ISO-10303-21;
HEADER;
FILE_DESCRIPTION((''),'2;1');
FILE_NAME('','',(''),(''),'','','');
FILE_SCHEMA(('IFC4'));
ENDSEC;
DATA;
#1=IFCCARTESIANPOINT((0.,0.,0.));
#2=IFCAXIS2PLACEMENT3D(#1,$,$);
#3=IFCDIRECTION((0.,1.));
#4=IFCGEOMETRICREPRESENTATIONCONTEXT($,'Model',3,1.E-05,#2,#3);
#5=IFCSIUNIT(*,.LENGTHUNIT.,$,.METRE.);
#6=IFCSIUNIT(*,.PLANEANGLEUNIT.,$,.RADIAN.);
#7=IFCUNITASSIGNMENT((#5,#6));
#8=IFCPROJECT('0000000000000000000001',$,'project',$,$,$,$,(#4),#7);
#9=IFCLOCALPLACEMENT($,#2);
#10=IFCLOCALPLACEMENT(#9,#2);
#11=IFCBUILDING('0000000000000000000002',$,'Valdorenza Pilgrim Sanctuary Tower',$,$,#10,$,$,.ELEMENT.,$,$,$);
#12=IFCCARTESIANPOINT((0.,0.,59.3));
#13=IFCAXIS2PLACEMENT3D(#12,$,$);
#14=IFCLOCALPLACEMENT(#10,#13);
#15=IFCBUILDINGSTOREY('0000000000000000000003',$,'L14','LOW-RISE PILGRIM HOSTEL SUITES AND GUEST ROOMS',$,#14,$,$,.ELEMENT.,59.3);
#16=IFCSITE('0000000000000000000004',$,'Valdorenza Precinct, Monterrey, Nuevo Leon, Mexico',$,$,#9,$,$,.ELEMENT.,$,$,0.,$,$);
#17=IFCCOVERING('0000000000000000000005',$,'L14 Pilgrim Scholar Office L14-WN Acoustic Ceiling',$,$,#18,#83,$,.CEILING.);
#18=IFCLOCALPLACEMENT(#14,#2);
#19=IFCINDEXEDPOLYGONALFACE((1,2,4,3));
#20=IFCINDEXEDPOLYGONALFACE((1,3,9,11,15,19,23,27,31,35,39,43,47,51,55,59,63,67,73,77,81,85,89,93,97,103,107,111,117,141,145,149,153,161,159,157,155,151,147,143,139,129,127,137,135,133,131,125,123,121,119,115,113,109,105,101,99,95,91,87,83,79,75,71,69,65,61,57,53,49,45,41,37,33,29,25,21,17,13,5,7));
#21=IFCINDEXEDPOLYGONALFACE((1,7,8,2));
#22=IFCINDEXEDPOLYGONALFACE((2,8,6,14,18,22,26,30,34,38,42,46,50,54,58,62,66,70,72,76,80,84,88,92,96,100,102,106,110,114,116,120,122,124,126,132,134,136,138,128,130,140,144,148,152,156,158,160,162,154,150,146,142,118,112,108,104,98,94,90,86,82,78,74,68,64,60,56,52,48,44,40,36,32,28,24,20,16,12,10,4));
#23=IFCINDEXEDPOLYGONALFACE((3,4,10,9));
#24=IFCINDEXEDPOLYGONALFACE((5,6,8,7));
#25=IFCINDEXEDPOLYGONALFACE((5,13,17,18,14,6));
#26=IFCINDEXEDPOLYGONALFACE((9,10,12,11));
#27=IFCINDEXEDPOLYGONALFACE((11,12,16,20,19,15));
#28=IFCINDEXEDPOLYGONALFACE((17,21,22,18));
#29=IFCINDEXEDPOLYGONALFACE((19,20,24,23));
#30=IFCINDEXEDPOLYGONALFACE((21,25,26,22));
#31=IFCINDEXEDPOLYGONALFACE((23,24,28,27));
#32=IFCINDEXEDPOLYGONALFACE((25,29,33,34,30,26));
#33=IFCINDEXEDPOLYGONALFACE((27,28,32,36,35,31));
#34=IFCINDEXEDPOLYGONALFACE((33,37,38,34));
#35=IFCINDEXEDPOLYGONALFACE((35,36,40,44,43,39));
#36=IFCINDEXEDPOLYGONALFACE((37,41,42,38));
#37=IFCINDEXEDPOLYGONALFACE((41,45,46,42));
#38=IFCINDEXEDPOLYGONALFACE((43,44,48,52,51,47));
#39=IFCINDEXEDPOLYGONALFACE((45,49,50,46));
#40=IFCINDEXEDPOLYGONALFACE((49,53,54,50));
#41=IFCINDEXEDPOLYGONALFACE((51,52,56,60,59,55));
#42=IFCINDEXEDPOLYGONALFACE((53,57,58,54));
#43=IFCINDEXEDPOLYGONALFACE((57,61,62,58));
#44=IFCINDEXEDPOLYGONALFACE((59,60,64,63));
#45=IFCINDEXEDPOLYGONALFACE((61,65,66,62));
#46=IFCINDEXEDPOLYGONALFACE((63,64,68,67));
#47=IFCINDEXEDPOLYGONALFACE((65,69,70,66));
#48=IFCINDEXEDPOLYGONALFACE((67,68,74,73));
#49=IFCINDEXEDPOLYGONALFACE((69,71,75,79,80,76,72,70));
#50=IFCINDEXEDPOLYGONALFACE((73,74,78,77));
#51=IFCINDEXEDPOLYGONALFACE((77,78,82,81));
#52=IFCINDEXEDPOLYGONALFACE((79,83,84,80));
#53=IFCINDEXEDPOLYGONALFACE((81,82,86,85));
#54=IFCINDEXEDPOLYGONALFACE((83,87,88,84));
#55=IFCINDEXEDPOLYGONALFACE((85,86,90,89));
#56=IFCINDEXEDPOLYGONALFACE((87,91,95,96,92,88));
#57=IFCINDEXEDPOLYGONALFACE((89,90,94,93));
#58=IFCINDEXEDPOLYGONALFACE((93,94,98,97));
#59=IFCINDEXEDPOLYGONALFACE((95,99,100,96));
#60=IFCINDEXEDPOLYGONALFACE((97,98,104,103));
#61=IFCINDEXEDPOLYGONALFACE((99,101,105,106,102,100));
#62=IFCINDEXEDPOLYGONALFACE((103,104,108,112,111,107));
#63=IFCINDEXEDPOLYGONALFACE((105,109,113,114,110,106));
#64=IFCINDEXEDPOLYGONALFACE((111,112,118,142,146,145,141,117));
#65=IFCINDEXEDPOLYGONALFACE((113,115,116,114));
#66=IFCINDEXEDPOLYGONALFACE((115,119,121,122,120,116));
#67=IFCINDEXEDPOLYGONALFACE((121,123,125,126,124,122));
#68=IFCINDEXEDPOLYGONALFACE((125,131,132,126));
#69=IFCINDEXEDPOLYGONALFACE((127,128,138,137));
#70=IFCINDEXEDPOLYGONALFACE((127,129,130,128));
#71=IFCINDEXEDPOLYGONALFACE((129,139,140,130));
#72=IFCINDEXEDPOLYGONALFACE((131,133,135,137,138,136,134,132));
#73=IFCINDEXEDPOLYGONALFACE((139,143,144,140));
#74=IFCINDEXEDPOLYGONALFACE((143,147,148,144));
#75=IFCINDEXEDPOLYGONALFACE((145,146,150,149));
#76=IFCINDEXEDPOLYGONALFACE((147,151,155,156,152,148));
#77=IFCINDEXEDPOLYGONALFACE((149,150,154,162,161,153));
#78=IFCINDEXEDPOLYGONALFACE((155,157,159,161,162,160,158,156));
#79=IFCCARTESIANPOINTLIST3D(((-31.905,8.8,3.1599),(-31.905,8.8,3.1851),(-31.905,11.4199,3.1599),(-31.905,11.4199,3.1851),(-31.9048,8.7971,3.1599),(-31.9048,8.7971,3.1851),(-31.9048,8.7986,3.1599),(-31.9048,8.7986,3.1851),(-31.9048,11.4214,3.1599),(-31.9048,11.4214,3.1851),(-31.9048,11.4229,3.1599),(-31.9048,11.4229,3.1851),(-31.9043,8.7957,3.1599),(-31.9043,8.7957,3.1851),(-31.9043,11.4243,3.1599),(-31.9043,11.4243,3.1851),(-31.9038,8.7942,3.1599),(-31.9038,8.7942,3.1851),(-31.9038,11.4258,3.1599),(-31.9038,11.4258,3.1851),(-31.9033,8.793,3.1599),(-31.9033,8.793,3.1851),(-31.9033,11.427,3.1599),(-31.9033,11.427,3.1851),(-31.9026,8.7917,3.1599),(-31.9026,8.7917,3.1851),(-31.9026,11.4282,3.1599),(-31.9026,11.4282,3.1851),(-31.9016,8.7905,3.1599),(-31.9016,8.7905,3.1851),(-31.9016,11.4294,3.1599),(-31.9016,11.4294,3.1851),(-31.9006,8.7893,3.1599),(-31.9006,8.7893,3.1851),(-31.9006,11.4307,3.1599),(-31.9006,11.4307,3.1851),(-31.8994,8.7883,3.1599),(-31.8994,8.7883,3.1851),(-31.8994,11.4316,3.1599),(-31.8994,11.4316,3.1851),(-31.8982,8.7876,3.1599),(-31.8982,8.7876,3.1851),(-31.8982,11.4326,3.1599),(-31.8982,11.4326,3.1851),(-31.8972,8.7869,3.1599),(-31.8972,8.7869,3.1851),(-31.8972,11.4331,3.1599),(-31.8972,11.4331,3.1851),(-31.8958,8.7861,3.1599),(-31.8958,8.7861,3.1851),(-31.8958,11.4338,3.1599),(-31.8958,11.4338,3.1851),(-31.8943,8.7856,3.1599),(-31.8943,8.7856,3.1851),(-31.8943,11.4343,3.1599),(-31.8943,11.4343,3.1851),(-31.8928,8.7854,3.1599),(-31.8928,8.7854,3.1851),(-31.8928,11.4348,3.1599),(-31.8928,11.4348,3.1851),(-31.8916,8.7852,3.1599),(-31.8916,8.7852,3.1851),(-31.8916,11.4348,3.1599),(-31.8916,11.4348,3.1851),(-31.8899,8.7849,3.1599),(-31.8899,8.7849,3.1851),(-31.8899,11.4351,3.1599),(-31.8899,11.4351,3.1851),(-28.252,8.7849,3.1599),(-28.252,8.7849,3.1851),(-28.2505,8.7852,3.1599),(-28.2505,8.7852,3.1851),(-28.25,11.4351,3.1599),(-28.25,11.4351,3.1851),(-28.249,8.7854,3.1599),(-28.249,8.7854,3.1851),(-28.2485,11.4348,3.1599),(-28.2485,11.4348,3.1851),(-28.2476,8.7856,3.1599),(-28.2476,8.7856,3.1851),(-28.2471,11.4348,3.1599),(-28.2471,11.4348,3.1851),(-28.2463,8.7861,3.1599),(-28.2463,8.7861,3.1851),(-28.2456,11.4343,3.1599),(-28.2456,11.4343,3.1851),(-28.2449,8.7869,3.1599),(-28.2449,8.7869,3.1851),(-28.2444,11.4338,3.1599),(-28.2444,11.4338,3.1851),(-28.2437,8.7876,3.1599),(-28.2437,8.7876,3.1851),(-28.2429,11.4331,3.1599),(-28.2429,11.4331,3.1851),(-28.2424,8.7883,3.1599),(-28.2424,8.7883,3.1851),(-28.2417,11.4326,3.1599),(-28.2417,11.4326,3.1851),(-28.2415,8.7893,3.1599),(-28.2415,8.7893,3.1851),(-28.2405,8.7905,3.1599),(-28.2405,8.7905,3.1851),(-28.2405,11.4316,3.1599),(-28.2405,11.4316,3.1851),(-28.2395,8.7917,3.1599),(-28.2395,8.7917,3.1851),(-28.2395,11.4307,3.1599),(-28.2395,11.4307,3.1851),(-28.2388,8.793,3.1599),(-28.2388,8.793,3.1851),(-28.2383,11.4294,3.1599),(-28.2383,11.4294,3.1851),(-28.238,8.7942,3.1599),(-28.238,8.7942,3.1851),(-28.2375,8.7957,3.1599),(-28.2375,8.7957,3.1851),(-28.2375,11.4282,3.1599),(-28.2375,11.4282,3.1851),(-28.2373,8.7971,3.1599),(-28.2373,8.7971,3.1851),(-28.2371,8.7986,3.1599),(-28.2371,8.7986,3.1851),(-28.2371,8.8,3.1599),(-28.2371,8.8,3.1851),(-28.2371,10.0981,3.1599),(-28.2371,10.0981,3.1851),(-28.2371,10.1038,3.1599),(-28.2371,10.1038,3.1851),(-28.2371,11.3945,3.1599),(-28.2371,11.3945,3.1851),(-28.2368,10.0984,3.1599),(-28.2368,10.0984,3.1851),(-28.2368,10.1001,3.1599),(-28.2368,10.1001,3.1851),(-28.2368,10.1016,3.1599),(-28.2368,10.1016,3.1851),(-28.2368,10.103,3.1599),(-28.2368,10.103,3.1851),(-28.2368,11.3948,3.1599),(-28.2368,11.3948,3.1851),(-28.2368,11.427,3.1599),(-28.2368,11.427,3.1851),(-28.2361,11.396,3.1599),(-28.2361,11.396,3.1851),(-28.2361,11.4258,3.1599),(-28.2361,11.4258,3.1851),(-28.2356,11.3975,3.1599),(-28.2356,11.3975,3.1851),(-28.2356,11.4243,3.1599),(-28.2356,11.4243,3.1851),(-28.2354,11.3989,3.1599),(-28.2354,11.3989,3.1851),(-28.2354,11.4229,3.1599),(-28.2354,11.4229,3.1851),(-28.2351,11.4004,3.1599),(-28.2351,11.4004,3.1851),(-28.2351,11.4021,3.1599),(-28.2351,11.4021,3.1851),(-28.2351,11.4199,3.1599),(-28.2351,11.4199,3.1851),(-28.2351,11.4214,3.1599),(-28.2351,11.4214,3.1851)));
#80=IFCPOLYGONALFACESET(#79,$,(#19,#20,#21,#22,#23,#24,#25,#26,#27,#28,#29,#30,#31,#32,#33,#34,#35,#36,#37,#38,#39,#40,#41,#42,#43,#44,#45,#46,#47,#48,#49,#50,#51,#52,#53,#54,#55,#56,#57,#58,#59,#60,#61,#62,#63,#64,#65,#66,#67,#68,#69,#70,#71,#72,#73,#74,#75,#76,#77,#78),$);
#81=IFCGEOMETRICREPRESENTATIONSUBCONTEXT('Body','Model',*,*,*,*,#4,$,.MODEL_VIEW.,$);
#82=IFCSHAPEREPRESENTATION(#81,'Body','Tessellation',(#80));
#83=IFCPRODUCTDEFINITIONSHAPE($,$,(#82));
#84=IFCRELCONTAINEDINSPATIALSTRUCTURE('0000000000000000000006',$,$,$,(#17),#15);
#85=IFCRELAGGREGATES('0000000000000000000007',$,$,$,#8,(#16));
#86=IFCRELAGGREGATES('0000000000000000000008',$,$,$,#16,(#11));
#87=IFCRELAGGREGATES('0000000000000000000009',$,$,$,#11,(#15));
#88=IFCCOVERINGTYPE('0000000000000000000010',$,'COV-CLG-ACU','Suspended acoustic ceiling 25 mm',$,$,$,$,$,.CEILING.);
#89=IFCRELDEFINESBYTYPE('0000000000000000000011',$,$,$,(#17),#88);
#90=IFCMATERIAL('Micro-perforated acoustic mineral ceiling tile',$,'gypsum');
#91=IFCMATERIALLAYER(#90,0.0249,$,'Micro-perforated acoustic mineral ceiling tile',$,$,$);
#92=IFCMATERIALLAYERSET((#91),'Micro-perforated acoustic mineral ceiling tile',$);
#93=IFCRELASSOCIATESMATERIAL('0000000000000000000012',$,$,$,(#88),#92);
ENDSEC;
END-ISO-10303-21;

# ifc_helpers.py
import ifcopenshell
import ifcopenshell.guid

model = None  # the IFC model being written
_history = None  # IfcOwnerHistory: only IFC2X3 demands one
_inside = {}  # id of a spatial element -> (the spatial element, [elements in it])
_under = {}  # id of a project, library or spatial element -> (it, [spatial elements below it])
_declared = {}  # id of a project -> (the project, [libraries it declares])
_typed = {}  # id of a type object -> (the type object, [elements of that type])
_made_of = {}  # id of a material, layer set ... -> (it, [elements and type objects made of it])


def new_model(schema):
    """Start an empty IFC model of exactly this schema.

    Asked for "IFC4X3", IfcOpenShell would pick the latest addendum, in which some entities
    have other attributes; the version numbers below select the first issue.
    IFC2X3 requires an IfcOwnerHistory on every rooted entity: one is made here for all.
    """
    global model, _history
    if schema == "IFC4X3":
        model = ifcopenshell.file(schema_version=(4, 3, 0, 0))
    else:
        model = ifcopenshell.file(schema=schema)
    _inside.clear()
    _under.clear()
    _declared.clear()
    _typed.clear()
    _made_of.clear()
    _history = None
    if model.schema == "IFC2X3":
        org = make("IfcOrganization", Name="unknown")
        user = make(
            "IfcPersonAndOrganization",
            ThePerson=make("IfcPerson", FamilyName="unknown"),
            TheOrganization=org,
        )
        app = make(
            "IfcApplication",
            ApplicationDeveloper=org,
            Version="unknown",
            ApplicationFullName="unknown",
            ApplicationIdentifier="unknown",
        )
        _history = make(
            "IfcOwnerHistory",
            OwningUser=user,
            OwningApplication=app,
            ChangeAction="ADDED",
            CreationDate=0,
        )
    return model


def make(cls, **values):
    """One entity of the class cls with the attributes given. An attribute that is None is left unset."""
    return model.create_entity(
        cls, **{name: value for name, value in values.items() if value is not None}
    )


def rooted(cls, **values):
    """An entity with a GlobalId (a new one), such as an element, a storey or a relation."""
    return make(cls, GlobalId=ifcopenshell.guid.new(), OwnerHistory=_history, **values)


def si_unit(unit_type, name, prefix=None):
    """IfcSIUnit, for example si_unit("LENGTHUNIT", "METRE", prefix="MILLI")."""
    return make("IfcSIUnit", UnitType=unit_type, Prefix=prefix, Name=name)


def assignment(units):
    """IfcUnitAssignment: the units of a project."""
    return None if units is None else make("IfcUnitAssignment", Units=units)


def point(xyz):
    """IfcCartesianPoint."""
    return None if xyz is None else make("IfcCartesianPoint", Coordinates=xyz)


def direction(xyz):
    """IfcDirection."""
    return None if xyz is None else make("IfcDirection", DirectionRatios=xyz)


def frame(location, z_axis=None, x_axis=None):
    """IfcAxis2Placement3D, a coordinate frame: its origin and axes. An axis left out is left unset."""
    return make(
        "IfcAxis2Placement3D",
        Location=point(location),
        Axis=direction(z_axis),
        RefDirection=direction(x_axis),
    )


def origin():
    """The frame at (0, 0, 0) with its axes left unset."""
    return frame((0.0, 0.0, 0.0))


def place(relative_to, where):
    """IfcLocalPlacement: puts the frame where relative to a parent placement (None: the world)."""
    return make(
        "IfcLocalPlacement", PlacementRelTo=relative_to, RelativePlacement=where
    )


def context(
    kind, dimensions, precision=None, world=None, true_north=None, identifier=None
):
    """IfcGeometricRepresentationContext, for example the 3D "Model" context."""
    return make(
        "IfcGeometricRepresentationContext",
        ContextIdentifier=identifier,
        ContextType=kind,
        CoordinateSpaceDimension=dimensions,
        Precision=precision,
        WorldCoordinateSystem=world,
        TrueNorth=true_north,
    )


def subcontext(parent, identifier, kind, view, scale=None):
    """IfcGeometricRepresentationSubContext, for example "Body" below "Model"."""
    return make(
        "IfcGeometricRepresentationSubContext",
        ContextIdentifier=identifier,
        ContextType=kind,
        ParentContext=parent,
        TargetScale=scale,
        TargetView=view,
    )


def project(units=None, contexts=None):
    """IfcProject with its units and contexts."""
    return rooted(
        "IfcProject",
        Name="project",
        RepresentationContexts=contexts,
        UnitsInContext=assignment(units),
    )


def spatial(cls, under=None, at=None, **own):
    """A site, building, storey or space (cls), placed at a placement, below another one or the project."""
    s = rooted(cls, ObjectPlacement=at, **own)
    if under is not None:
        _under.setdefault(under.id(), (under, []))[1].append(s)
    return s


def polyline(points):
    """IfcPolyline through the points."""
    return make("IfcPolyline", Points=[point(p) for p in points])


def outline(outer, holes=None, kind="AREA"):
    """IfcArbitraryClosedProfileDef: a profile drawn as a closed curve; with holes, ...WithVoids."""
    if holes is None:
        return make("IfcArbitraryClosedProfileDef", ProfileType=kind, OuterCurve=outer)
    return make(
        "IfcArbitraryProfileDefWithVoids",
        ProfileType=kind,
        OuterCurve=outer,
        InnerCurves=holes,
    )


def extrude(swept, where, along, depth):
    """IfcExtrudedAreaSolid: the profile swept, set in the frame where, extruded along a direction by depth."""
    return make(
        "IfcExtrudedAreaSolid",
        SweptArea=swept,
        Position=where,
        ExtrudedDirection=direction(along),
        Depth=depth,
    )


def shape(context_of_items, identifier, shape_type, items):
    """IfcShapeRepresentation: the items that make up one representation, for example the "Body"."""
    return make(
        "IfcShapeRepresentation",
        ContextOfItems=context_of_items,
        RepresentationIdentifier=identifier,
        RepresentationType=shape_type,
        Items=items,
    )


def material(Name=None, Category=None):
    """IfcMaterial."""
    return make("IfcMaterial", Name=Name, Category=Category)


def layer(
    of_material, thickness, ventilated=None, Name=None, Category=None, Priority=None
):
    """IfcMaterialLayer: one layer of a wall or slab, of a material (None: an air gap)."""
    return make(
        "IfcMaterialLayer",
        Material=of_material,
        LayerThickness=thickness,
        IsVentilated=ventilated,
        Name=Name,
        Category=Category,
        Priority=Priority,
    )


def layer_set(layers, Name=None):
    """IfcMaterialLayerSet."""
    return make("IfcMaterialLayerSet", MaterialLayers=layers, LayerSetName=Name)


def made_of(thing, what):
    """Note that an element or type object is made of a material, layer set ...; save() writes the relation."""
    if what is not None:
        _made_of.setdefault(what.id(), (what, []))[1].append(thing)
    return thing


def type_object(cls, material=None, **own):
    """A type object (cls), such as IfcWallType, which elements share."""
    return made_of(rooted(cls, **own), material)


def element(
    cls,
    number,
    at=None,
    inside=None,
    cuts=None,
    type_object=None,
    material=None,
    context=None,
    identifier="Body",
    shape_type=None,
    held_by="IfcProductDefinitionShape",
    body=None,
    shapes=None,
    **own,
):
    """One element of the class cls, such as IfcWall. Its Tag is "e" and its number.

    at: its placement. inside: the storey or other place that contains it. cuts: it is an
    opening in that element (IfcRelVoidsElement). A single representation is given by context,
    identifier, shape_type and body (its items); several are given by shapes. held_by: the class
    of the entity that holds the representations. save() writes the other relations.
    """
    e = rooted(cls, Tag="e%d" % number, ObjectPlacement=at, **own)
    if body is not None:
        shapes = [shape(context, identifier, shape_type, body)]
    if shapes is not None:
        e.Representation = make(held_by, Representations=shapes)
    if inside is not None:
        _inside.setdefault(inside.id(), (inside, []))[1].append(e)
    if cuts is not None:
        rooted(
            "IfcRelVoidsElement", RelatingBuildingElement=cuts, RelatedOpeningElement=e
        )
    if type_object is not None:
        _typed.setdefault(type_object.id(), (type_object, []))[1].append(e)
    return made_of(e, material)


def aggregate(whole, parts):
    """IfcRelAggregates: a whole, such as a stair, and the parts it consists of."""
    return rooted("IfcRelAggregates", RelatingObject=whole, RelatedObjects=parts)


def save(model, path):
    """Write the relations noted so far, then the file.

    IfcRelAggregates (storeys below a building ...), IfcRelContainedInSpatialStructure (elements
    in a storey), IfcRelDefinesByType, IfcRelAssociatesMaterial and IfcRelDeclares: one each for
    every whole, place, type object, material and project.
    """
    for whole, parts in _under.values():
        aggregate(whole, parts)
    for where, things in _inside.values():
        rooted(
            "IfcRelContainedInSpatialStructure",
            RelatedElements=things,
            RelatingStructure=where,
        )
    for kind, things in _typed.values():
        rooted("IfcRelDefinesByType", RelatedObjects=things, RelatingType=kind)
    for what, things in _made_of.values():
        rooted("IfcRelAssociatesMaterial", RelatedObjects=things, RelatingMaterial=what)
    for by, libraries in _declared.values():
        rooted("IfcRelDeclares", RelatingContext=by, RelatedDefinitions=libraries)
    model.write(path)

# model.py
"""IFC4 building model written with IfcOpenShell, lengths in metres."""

from ifc_helpers import new_model, si_unit, direction, frame, origin, place, context, subcontext, project, spatial, polyline, outline, extrude, material, layer, layer_set, type_object, element, save


model = new_model("IFC4")

# Units and contexts
model_context = context("Model", 3, precision=1e-05, world=origin(), true_north=direction((0.0, 1.0)))
body_context = subcontext(model_context, "Body", "Model", "MODEL_VIEW")
ifc_project = project(units=[si_unit("LENGTHUNIT", "METRE"), si_unit("PLANEANGLEUNIT", "RADIAN")], contexts=[model_context])

# Site, building, storey
site_placement = place(None, origin())
site = spatial("IfcSite", under=ifc_project, at=site_placement, Name="Valdorenza Precinct, Monterrey, Nuevo Leon, Mexico", CompositionType="ELEMENT", RefElevation=0.0)
building_placement = place(site_placement, origin())
building = spatial("IfcBuilding", under=site, at=building_placement, Name="Valdorenza Pilgrim Sanctuary Tower", CompositionType="ELEMENT")
storey_placement = place(building_placement, frame((0.0, 0.0, 59.3)))
storey = spatial("IfcBuildingStorey", under=building, at=storey_placement, Name="L14", Description="LOW-RISE PILGRIM HOSTEL SUITES AND GUEST ROOMS", CompositionType="ELEMENT", Elevation=59.3)

# Covering
ifc_material_1 = material(Name="Micro-perforated acoustic mineral ceiling tile", Category="gypsum")
ifc_layer_1 = layer(ifc_material_1, 0.0249, Name="Micro-perforated acoustic mineral ceiling tile")
ifc_layer_set_1 = layer_set([ifc_layer_1], Name="Micro-perforated acoustic mineral ceiling tile")
covering_type_1 = type_object("IfcCoveringType", Name="COV-CLG-ACU", Description="Suspended acoustic ceiling 25 mm", PredefinedType="CEILING", material=ifc_layer_set_1)
covering_1_placement = place(storey_placement, frame((0.0, 0.0, 3.1599)))
element("IfcCovering", 1, at=covering_1_placement, inside=storey, type_object=covering_type_1, Name="L14 Pilgrim Scholar Office L14-WN Acoustic Ceiling", PredefinedType="CEILING", context=body_context, shape_type="SweptSolid", body=[
    extrude(outline(polyline([(-28.2371, 11.3945), (-28.2371, 10.1038), (-28.2368, 10.103), (-28.2368, 10.1016), (-28.2368, 10.1001), (-28.2368, 10.0984), (-28.2371, 10.0981), (-28.2371, 8.8), (-28.2371, 8.7986), (-28.2373, 8.7971), (-28.2375, 8.7957), (-28.238, 8.7942), (-28.2388, 8.793), (-28.2395, 8.7917), (-28.2405, 8.7905), (-28.2415, 8.7893), (-28.2424, 8.7883), (-28.2437, 8.7876), (-28.2449, 8.7869), (-28.2463, 8.7861), (-28.2476, 8.7856), (-28.249, 8.7854), (-28.2505, 8.7852), (-28.252, 8.7849), (-31.8899, 8.7849), (-31.8916, 8.7852), (-31.8928, 8.7854), (-31.8943, 8.7856), (-31.8958, 8.7861), (-31.8972, 8.7869), (-31.8982, 8.7876), (-31.8994, 8.7883), (-31.9006, 8.7893), (-31.9016, 8.7905), (-31.9026, 8.7917), (-31.9033, 8.793), (-31.9038, 8.7942), (-31.9043, 8.7957), (-31.9048, 8.7971), (-31.9048, 8.7986), (-31.905, 8.8), (-31.905, 11.4199), (-31.9048, 11.4214), (-31.9048, 11.4229), (-31.9043, 11.4243), (-31.9038, 11.4258), (-31.9033, 11.427), (-31.9026, 11.4282), (-31.9016, 11.4294), (-31.9006, 11.4307), (-31.8994, 11.4316), (-31.8982, 11.4326), (-31.8972, 11.4331), (-31.8958, 11.4338), (-31.8943, 11.4343), (-31.8928, 11.4348), (-31.8916, 11.4348), (-31.8899, 11.4351), (-28.25, 11.4351), (-28.2485, 11.4348), (-28.2471, 11.4348), (-28.2456, 11.4343), (-28.2444, 11.4338), (-28.2429, 11.4331), (-28.2417, 11.4326), (-28.2405, 11.4316), (-28.2395, 11.4307), (-28.2383, 11.4294), (-28.2375, 11.4282), (-28.2368, 11.427), (-28.2361, 11.4258), (-28.2356, 11.4243), (-28.2354, 11.4229), (-28.2351, 11.4214), (-28.2351, 11.4199), (-28.2351, 11.4021), (-28.2351, 11.4004), (-28.2354, 11.3989), (-28.2356, 11.3975), (-28.2361, 11.396), (-28.2368, 11.3948), (-28.2371, 11.3945)])), origin(), (0.0, 0.0, 1.0), 0.0251),
])

save(model, "model.ifc")
